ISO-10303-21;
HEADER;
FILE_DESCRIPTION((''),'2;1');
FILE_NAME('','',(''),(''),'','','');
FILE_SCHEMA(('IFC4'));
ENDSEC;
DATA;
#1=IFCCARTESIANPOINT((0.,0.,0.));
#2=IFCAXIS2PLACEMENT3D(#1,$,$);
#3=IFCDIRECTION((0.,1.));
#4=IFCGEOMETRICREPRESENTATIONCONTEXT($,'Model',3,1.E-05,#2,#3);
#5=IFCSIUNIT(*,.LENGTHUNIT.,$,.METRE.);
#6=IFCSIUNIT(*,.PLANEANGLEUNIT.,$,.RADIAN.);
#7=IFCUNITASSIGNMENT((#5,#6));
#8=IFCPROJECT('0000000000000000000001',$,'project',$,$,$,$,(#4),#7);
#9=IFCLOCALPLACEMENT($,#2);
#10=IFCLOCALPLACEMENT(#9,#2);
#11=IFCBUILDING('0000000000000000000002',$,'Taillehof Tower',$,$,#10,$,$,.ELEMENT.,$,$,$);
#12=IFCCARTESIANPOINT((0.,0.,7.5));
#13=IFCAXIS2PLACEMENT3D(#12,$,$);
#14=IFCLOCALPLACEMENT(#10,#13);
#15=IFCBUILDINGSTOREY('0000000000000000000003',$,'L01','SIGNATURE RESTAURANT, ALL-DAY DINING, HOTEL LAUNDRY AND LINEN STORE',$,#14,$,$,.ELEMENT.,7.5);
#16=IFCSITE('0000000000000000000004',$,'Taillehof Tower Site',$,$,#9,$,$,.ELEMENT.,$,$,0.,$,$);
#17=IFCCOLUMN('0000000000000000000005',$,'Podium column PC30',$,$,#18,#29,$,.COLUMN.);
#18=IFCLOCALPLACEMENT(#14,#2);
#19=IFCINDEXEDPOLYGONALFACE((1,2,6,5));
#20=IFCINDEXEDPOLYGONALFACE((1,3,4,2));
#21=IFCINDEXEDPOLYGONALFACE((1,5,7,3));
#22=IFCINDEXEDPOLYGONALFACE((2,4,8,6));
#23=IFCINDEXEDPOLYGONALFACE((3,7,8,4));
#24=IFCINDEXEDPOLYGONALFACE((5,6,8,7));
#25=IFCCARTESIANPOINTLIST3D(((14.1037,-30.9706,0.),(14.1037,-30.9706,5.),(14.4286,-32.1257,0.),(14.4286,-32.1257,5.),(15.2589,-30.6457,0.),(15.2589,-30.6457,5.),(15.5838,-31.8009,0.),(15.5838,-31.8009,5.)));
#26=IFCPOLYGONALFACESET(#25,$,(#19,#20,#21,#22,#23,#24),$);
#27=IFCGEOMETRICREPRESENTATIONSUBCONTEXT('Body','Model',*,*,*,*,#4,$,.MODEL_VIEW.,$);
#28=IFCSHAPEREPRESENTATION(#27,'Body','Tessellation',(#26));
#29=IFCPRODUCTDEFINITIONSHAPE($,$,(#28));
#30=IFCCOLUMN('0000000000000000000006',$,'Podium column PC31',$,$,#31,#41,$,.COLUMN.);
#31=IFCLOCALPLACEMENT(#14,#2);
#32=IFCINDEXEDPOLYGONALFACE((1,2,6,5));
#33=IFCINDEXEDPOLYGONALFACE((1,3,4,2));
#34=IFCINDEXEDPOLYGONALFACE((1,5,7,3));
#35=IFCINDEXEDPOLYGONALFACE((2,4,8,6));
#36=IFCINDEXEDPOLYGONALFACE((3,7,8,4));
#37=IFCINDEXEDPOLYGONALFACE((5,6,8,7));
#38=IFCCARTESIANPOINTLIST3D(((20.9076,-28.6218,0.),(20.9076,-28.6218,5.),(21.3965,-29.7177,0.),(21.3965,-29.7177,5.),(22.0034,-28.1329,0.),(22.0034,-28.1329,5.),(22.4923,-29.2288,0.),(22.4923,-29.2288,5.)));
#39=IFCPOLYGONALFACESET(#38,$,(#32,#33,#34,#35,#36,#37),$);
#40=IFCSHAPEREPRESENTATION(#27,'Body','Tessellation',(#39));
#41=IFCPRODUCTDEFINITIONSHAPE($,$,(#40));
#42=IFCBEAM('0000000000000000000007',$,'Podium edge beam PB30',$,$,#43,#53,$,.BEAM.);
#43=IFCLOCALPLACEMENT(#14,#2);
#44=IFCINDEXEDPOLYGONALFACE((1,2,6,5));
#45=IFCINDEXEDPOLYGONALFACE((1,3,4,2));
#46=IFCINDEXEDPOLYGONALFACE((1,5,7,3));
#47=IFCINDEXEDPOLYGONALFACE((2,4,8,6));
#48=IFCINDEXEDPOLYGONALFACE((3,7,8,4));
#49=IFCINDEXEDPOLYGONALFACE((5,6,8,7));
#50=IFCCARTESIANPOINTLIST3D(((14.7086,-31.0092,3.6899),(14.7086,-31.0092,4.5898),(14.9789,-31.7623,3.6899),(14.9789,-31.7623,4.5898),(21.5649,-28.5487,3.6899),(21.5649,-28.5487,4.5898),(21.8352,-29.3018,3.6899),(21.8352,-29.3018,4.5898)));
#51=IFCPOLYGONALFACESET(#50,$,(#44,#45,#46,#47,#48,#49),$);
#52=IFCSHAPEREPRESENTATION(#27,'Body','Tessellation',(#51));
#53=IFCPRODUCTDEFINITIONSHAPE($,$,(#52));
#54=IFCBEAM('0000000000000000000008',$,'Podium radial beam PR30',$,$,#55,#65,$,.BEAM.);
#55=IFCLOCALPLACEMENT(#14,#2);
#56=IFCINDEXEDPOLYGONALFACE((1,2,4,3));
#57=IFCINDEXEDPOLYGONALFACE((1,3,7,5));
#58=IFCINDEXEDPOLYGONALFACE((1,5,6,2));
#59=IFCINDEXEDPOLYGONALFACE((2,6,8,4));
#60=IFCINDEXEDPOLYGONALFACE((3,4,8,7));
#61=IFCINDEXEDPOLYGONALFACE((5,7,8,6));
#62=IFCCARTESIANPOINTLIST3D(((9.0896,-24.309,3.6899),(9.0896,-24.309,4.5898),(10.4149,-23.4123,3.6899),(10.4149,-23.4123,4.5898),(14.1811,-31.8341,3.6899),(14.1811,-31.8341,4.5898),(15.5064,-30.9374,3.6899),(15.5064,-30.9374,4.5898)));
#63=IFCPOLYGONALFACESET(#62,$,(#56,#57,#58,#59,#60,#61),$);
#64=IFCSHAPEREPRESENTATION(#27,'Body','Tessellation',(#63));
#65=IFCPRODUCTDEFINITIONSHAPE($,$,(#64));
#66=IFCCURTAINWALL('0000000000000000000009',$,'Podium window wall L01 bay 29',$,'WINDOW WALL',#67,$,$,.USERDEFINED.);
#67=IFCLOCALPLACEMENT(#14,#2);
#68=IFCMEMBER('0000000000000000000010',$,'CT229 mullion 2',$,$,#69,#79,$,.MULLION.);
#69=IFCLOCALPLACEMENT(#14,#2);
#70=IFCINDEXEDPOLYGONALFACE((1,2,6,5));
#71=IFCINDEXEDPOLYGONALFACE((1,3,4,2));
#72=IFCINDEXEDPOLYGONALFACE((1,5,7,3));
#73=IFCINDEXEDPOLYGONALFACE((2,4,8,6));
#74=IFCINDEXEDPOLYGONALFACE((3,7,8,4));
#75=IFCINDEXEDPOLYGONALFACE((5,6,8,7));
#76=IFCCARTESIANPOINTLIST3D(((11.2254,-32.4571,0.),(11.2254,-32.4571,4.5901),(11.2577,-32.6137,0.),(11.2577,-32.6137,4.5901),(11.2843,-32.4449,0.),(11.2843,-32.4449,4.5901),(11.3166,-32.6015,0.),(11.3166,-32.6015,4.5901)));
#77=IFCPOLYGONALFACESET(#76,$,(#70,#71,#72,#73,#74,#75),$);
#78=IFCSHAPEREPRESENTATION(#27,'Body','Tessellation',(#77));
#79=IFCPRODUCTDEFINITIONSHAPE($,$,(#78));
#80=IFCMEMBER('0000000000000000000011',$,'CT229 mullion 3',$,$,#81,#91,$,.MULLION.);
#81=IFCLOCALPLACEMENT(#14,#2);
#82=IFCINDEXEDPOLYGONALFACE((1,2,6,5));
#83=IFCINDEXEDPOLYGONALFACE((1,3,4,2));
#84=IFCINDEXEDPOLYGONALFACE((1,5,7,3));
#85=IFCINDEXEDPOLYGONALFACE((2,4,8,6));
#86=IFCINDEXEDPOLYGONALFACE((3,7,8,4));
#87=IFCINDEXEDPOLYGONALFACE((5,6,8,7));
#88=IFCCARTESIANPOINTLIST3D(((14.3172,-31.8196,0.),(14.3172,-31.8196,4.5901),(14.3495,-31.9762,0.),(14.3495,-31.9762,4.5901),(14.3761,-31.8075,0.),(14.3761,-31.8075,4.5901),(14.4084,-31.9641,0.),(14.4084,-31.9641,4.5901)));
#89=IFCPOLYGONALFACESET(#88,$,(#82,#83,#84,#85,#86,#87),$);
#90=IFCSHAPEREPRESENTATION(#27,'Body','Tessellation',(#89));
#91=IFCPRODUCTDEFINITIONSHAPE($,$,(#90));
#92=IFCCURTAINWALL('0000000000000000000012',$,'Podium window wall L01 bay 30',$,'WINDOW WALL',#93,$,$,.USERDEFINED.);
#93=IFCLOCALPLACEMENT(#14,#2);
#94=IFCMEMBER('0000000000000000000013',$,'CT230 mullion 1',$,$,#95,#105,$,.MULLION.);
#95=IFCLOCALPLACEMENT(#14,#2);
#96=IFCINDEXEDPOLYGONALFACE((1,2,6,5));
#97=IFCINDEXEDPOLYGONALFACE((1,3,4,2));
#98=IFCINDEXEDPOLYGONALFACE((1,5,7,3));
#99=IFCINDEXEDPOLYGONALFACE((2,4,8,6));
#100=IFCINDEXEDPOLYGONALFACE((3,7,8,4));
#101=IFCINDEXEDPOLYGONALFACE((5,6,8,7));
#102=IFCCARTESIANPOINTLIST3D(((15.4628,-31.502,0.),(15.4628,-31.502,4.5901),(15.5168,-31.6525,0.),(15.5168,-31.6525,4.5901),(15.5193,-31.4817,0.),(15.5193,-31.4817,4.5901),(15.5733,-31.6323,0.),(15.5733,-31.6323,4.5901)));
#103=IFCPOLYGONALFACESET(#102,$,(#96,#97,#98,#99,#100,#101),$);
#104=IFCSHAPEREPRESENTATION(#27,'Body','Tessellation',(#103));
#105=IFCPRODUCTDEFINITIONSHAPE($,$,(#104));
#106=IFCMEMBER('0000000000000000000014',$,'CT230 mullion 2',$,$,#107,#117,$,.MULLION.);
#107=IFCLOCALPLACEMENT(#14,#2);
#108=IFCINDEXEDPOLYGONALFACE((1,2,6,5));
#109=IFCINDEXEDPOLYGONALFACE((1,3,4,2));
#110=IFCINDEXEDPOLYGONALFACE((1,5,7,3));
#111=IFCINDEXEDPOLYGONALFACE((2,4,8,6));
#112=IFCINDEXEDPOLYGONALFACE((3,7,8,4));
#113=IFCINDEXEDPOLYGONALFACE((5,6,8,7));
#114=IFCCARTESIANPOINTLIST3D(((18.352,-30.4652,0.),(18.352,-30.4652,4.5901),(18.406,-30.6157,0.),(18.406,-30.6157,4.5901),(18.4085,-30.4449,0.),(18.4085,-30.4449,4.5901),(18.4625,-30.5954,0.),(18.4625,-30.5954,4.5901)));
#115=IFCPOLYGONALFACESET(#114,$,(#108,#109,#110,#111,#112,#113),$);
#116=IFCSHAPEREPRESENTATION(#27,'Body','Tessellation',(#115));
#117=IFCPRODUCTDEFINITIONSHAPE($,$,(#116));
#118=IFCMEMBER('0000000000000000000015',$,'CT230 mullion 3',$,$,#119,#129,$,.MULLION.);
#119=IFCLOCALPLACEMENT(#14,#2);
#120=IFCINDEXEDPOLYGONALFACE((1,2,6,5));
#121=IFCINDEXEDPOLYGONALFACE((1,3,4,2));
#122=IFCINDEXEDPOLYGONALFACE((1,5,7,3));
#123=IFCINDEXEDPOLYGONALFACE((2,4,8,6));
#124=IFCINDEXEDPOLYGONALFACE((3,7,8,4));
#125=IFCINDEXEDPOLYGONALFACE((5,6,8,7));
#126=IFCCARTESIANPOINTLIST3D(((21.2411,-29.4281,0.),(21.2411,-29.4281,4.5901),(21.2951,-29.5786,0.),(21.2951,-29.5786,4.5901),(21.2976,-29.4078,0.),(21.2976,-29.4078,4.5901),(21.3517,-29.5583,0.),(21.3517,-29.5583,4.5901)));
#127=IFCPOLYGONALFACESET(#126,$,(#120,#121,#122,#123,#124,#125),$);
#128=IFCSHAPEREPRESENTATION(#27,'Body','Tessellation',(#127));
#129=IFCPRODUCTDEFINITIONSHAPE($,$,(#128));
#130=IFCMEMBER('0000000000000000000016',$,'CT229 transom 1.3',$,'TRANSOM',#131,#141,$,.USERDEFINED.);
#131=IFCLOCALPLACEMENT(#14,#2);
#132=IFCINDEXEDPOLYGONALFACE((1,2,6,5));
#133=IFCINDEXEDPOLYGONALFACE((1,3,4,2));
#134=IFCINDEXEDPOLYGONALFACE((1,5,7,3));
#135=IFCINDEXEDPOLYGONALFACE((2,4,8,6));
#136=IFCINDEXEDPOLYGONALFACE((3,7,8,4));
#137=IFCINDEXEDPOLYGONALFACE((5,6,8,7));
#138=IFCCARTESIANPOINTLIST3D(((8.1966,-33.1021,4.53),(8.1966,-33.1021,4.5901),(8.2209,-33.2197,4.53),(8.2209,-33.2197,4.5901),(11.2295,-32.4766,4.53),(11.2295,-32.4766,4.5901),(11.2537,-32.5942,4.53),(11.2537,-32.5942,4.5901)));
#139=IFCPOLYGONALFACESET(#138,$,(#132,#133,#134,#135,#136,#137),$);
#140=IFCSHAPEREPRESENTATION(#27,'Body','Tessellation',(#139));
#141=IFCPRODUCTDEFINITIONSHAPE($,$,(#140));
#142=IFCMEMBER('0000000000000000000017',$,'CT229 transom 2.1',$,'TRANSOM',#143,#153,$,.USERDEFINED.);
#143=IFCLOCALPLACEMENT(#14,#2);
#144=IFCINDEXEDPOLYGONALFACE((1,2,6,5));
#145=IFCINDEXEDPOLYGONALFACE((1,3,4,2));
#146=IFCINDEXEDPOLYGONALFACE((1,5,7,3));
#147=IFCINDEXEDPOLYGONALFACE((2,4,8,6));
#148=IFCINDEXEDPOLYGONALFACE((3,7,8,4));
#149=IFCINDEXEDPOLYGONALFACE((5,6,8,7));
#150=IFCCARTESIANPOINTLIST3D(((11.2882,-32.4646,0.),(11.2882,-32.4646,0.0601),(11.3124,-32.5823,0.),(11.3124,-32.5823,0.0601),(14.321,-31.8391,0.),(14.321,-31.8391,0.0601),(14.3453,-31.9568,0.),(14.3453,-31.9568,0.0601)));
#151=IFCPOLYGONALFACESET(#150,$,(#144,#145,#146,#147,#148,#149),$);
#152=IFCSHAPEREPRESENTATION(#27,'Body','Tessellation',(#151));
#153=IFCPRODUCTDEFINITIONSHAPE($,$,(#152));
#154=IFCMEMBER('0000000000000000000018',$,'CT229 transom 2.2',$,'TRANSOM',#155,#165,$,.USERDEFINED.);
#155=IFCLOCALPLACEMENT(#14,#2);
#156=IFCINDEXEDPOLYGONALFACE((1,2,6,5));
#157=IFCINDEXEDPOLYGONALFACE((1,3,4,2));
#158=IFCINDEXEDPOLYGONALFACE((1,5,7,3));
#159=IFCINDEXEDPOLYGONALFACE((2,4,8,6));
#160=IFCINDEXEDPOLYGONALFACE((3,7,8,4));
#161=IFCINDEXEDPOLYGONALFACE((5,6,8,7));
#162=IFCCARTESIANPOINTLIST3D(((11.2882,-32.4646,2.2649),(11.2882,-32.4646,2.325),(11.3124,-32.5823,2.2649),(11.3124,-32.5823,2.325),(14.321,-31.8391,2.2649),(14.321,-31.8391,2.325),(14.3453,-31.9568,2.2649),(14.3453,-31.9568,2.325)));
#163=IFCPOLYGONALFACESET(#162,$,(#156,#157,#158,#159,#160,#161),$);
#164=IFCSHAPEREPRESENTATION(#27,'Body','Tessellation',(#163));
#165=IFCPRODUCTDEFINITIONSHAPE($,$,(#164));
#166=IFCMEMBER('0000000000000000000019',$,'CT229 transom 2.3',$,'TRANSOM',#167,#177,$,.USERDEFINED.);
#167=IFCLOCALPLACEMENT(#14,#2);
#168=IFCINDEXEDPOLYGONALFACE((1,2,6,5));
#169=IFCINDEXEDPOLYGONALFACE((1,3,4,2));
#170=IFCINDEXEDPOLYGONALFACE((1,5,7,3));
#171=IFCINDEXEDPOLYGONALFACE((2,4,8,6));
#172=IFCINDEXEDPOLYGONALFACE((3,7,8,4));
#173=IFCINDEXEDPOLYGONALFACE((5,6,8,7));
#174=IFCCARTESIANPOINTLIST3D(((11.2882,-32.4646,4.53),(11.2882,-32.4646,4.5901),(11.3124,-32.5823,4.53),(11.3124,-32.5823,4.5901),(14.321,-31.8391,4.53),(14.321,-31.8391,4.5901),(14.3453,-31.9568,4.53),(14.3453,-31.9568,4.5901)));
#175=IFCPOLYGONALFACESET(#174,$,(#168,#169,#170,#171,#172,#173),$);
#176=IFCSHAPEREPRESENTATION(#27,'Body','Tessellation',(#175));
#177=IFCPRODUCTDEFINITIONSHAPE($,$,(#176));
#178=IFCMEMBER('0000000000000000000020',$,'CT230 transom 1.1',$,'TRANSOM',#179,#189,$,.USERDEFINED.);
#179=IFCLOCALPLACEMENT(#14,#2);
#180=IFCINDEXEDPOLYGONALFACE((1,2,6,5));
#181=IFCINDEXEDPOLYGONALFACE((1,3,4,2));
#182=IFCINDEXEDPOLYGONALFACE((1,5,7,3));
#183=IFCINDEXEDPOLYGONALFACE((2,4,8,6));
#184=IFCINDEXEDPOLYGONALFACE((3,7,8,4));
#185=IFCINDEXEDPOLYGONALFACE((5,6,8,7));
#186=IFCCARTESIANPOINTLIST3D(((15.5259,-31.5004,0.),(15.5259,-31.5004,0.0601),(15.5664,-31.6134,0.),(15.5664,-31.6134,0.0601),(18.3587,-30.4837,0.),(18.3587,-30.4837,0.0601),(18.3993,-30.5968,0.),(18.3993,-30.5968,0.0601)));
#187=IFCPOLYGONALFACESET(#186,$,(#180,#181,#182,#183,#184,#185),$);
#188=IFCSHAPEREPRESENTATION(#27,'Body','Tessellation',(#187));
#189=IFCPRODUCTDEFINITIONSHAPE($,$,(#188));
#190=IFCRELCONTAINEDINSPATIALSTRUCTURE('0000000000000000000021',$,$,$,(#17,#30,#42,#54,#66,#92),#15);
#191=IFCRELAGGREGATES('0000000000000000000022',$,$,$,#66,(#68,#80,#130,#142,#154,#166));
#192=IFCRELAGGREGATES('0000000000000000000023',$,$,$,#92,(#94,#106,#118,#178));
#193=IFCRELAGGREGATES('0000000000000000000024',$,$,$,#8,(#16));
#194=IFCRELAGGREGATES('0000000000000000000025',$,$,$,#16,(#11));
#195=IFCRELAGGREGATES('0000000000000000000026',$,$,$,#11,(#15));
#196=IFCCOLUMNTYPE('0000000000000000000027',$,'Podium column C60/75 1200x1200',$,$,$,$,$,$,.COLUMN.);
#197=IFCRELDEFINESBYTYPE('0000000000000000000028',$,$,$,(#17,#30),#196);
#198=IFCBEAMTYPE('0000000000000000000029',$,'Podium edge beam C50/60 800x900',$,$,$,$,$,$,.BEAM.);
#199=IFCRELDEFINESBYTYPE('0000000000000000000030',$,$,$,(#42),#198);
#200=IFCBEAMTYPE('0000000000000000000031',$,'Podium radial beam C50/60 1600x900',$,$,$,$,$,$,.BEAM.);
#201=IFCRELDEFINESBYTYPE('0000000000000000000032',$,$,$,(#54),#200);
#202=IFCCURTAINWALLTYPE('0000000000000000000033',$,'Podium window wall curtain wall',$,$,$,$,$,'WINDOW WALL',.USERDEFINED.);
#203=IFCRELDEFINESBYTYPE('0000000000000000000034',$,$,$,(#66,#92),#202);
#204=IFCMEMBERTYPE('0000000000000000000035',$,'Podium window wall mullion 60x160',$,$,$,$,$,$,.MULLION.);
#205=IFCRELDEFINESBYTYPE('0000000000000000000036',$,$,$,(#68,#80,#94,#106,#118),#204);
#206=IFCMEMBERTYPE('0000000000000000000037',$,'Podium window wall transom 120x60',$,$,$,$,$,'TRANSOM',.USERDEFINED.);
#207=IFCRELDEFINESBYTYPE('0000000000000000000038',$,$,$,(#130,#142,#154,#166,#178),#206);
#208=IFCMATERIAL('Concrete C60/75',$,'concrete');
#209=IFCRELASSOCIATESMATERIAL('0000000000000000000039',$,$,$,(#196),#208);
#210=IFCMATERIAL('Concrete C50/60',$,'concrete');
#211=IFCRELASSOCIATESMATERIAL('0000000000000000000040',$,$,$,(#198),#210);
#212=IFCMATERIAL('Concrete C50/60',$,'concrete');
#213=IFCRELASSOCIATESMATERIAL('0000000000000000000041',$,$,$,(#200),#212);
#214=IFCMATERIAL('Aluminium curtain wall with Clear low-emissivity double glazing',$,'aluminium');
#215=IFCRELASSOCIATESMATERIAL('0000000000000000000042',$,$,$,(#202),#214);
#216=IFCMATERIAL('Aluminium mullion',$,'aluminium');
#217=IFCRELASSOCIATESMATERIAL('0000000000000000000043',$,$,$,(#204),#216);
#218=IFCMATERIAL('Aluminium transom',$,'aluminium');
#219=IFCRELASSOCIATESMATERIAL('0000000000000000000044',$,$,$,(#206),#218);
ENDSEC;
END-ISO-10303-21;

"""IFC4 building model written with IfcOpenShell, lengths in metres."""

from ifc_helpers import new_model, si_unit, direction, frame, origin, origin_2d, place, context, subcontext, project, spatial, rectangle, extrude, material, material_profile, profile_set, type_object, element, aggregate, save


model = new_model("IFC4")

# Units and contexts
model_context = context("Model", 3, precision=1e-05, world=origin(), true_north=direction((0.0, 1.0)))
body_context = subcontext(model_context, "Body", "Model", "MODEL_VIEW")
ifc_project = project(units=[si_unit("LENGTHUNIT", "METRE"), si_unit("PLANEANGLEUNIT", "RADIAN")], contexts=[model_context])

# Site, building, storey
site_placement = place(None, origin())
site = spatial("IfcSite", under=ifc_project, at=site_placement, Name="Taillehof Tower Site", CompositionType="ELEMENT", RefElevation=0.0)
building_placement = place(site_placement, origin())
building = spatial("IfcBuilding", under=site, at=building_placement, Name="Taillehof Tower", CompositionType="ELEMENT")
storey_placement = place(building_placement, frame((0.0, 0.0, 7.5)))
storey = spatial("IfcBuildingStorey", under=building, at=storey_placement, Name="L01", Description="SIGNATURE RESTAURANT, ALL-DAY DINING, HOTEL LAUNDRY AND LINEN STORE", CompositionType="ELEMENT", Elevation=7.5)

# Columns
ifc_material_1 = material(Name="Concrete C60/75", Category="concrete")
ifc_material_profile_1 = material_profile(ifc_material_1, rectangle(XDim=1.2, YDim=1.2, at=origin_2d()), Name="RC 1200x1200")
ifc_profile_set_1 = profile_set([ifc_material_profile_1], Name="Concrete C60/75")
column_type = type_object("IfcColumnType", Name="Podium column C60/75 1200x1200", PredefinedType="COLUMN", material=ifc_profile_set_1)
for number, where, z_axis, x_axis, name in (
    (1, (14.8438, -31.3857, 0.0), (0.0, 0.0, 1.0), (0.270745, -0.962651, 0.0), "Podium column PC30"),
    (2, (21.7, -28.9253, 0.0), (0.0, 0.0, 1.0), (0.407427, -0.913238, 0.0), "Podium column PC31"),
):
    element("IfcColumn", number, at=place(storey_placement, frame(where, z_axis=z_axis, x_axis=x_axis)), inside=storey, type_object=column_type, Name=name, PredefinedType="COLUMN", context=body_context, shape_type="SweptSolid", body=[
        extrude(rectangle(XDim=1.2, YDim=1.2, at=origin_2d()), origin(), (0.0, 0.0, 1.0), 5.0),
    ])

# Beams
ifc_material_2 = material(Name="Concrete C50/60", Category="concrete")
ifc_material_profile_2 = material_profile(ifc_material_2, rectangle(XDim=0.8, YDim=0.8999, at=origin_2d()), Name="RC 800x900")
ifc_profile_set_2 = profile_set([ifc_material_profile_2], Name="Concrete C50/60")
beam_type_1 = type_object("IfcBeamType", Name="Podium edge beam C50/60 800x900", PredefinedType="BEAM", material=ifc_profile_set_2)
beam_1_placement = place(storey_placement, frame((14.8438, -31.3857, 4.1399), z_axis=(0.941227, 0.337773, 0.0), x_axis=(-0.337773, 0.941227, 0.0)))
element("IfcBeam", 3, at=beam_1_placement, inside=storey, type_object=beam_type_1, Name="Podium edge beam PB30", PredefinedType="BEAM", context=body_context, shape_type="SweptSolid", body=[
    extrude(rectangle(XDim=0.8, YDim=0.8999, at=origin_2d()), origin(), (0.0, 0.0, 1.0), 7.2844),
])
ifc_material_3 = material(Name="Concrete C50/60", Category="concrete")
ifc_material_profile_3 = material_profile(ifc_material_3, rectangle(XDim=1.6001, YDim=0.8999, at=origin_2d()), Name="RC 1600x900")
ifc_profile_set_3 = profile_set([ifc_material_profile_3], Name="Concrete C50/60")
beam_type_2 = type_object("IfcBeamType", Name="Podium radial beam C50/60 1600x900", PredefinedType="BEAM", material=ifc_profile_set_3)
beam_2_placement = place(storey_placement, frame((14.8438, -31.3857, 4.1399), z_axis=(-0.560386, 0.828232, 0.0), x_axis=(-0.828232, -0.560386, 0.0)))
element("IfcBeam", 4, at=beam_2_placement, inside=storey, type_object=beam_type_2, Name="Podium radial beam PR30", PredefinedType="BEAM", context=body_context, shape_type="SweptSolid", body=[
    extrude(rectangle(XDim=1.6001, YDim=0.8999, at=origin_2d()), origin(), (0.0, 0.0, 1.0), 9.0857),
])

# Curtain walls, members
ifc_material_4 = material(Name="Aluminium curtain wall with Clear low-emissivity double glazing", Category="aluminium")
curtain_wall_type = type_object("IfcCurtainWallType", Name="Podium window wall curtain wall", ElementType="WINDOW WALL", PredefinedType="USERDEFINED", material=ifc_material_4)
curtain_wall_1_placement = place(storey_placement, origin())
curtain_wall_1 = element("IfcCurtainWall", 5, at=curtain_wall_1_placement, inside=storey, type_object=curtain_wall_type, Name="Podium window wall L01 bay 29", ObjectType="WINDOW WALL", PredefinedType="USERDEFINED")
ifc_material_5 = material(Name="Aluminium mullion", Category="aluminium")
ifc_material_profile_4 = material_profile(ifc_material_5, rectangle(XDim=0.1599, YDim=0.0601, at=origin_2d()), Name="AL 60x160")
ifc_profile_set_4 = profile_set([ifc_material_profile_4], Name="Aluminium mullion")
member_type_1 = type_object("IfcMemberType", Name="Podium window wall mullion 60x160", PredefinedType="MULLION", material=ifc_profile_set_4)
member_1_placement = place(storey_placement, frame((11.271, -32.5293, 0.0), z_axis=(0.0, 0.0, 1.0), x_axis=(-0.201976, 0.97939, 0.0)))
member_1 = element("IfcMember", 6, at=member_1_placement, type_object=member_type_1, Name="CT229 mullion 2", PredefinedType="MULLION", context=body_context, shape_type="SweptSolid", body=[
    extrude(rectangle(XDim=0.1599, YDim=0.0601, at=origin_2d()), origin(), (0.0, 0.0, 1.0), 4.5901),
])
member_2_placement = place(storey_placement, frame((14.3628, -31.8918, 0.0), z_axis=(0.0, 0.0, 1.0), x_axis=(-0.201976, 0.97939, 0.0)))
member_2 = element("IfcMember", 7, at=member_2_placement, type_object=member_type_1, Name="CT229 mullion 3", PredefinedType="MULLION", context=body_context, shape_type="SweptSolid", body=[
    extrude(rectangle(XDim=0.1599, YDim=0.0601, at=origin_2d()), origin(), (0.0, 0.0, 1.0), 4.5901),
])
curtain_wall_2_placement = place(storey_placement, origin())
curtain_wall_2 = element("IfcCurtainWall", 8, at=curtain_wall_2_placement, inside=storey, type_object=curtain_wall_type, Name="Podium window wall L01 bay 30", ObjectType="WINDOW WALL", PredefinedType="USERDEFINED")
member_3_placement = place(storey_placement, frame((15.5181, -31.5671, 0.0), z_axis=(0.0, 0.0, 1.0), x_axis=(-0.337799, 0.941218, 0.0)))
member_3 = element("IfcMember", 9, at=member_3_placement, type_object=member_type_1, Name="CT230 mullion 1", PredefinedType="MULLION", context=body_context, shape_type="SweptSolid", body=[
    extrude(rectangle(XDim=0.1599, YDim=0.0601, at=origin_2d()), origin(), (0.0, 0.0, 1.0), 4.5901),
])
member_4_placement = place(storey_placement, frame((18.4072, -30.5303, 0.0), z_axis=(0.0, 0.0, 1.0), x_axis=(-0.337799, 0.941218, 0.0)))
member_4 = element("IfcMember", 10, at=member_4_placement, type_object=member_type_1, Name="CT230 mullion 2", PredefinedType="MULLION", context=body_context, shape_type="SweptSolid", body=[
    extrude(rectangle(XDim=0.1599, YDim=0.0601, at=origin_2d()), origin(), (0.0, 0.0, 1.0), 4.5901),
])
member_5_placement = place(storey_placement, frame((21.2964, -29.4932, 0.0), z_axis=(0.0, 0.0, 1.0), x_axis=(-0.337799, 0.941218, 0.0)))
member_5 = element("IfcMember", 11, at=member_5_placement, type_object=member_type_1, Name="CT230 mullion 3", PredefinedType="MULLION", context=body_context, shape_type="SweptSolid", body=[
    extrude(rectangle(XDim=0.1599, YDim=0.0601, at=origin_2d()), origin(), (0.0, 0.0, 1.0), 4.5901),
])

# Members
ifc_material_6 = material(Name="Aluminium transom", Category="aluminium")
ifc_material_profile_5 = material_profile(ifc_material_6, rectangle(XDim=0.1201, YDim=0.0601, at=origin_2d()), Name="AL 120x60")
ifc_profile_set_5 = profile_set([ifc_material_profile_5], Name="Aluminium transom")
member_type_2 = type_object("IfcMemberType", Name="Podium window wall transom 120x60", ElementType="TRANSOM", PredefinedType="USERDEFINED", material=ifc_profile_set_5)
member_6_placement = place(storey_placement, frame((8.2087, -33.1609, 4.5601), z_axis=(0.97939, 0.20198, 0.0), x_axis=(-0.20198, 0.97939, 0.0)))
member_6 = element("IfcMember", 12, at=member_6_placement, type_object=member_type_2, Name="CT229 transom 1.3", ObjectType="TRANSOM", PredefinedType="USERDEFINED", context=body_context, shape_type="SweptSolid", body=[
    extrude(rectangle(XDim=0.1201, YDim=0.0601, at=origin_2d()), origin(), (0.0, 0.0, 1.0), 3.0967),
])
member_7_placement = place(storey_placement, frame((11.3003, -32.5234, 0.03), z_axis=(0.97939, 0.20198, 0.0), x_axis=(-0.20198, 0.97939, 0.0)))
member_7 = element("IfcMember", 13, at=member_7_placement, type_object=member_type_2, Name="CT229 transom 2.1", ObjectType="TRANSOM", PredefinedType="USERDEFINED", context=body_context, shape_type="SweptSolid", body=[
    extrude(rectangle(XDim=0.1201, YDim=0.0601, at=origin_2d()), origin(), (0.0, 0.0, 1.0), 3.0967),
])
member_8_placement = place(storey_placement, frame((11.3003, -32.5234, 2.2949), z_axis=(0.97939, 0.20198, 0.0), x_axis=(-0.20198, 0.97939, 0.0)))
member_8 = element("IfcMember", 14, at=member_8_placement, type_object=member_type_2, Name="CT229 transom 2.2", ObjectType="TRANSOM", PredefinedType="USERDEFINED", context=body_context, shape_type="SweptSolid", body=[
    extrude(rectangle(XDim=0.1201, YDim=0.0601, at=origin_2d()), origin(), (0.0, 0.0, 1.0), 3.0967),
])
member_9_placement = place(storey_placement, frame((11.3003, -32.5234, 4.5601), z_axis=(0.97939, 0.20198, 0.0), x_axis=(-0.20198, 0.97939, 0.0)))
member_9 = element("IfcMember", 15, at=member_9_placement, type_object=member_type_2, Name="CT229 transom 2.3", ObjectType="TRANSOM", PredefinedType="USERDEFINED", context=body_context, shape_type="SweptSolid", body=[
    extrude(rectangle(XDim=0.1201, YDim=0.0601, at=origin_2d()), origin(), (0.0, 0.0, 1.0), 3.0967),
])
member_10_placement = place(storey_placement, frame((15.5461, -31.5569, 0.03), z_axis=(0.941225, 0.33778, 0.0), x_axis=(-0.33778, 0.941225, 0.0)))
member_10 = element("IfcMember", 16, at=member_10_placement, type_object=member_type_2, Name="CT230 transom 1.1", ObjectType="TRANSOM", PredefinedType="USERDEFINED", context=body_context, shape_type="SweptSolid", body=[
    extrude(rectangle(XDim=0.1201, YDim=0.0601, at=origin_2d()), origin(), (0.0, 0.0, 1.0), 3.0098),
])

aggregate(curtain_wall_1, [member_1, member_2, member_6, member_7, member_8, member_9])
aggregate(curtain_wall_2, [member_3, member_4, member_5, member_10])

save(model, "model.ifc")
